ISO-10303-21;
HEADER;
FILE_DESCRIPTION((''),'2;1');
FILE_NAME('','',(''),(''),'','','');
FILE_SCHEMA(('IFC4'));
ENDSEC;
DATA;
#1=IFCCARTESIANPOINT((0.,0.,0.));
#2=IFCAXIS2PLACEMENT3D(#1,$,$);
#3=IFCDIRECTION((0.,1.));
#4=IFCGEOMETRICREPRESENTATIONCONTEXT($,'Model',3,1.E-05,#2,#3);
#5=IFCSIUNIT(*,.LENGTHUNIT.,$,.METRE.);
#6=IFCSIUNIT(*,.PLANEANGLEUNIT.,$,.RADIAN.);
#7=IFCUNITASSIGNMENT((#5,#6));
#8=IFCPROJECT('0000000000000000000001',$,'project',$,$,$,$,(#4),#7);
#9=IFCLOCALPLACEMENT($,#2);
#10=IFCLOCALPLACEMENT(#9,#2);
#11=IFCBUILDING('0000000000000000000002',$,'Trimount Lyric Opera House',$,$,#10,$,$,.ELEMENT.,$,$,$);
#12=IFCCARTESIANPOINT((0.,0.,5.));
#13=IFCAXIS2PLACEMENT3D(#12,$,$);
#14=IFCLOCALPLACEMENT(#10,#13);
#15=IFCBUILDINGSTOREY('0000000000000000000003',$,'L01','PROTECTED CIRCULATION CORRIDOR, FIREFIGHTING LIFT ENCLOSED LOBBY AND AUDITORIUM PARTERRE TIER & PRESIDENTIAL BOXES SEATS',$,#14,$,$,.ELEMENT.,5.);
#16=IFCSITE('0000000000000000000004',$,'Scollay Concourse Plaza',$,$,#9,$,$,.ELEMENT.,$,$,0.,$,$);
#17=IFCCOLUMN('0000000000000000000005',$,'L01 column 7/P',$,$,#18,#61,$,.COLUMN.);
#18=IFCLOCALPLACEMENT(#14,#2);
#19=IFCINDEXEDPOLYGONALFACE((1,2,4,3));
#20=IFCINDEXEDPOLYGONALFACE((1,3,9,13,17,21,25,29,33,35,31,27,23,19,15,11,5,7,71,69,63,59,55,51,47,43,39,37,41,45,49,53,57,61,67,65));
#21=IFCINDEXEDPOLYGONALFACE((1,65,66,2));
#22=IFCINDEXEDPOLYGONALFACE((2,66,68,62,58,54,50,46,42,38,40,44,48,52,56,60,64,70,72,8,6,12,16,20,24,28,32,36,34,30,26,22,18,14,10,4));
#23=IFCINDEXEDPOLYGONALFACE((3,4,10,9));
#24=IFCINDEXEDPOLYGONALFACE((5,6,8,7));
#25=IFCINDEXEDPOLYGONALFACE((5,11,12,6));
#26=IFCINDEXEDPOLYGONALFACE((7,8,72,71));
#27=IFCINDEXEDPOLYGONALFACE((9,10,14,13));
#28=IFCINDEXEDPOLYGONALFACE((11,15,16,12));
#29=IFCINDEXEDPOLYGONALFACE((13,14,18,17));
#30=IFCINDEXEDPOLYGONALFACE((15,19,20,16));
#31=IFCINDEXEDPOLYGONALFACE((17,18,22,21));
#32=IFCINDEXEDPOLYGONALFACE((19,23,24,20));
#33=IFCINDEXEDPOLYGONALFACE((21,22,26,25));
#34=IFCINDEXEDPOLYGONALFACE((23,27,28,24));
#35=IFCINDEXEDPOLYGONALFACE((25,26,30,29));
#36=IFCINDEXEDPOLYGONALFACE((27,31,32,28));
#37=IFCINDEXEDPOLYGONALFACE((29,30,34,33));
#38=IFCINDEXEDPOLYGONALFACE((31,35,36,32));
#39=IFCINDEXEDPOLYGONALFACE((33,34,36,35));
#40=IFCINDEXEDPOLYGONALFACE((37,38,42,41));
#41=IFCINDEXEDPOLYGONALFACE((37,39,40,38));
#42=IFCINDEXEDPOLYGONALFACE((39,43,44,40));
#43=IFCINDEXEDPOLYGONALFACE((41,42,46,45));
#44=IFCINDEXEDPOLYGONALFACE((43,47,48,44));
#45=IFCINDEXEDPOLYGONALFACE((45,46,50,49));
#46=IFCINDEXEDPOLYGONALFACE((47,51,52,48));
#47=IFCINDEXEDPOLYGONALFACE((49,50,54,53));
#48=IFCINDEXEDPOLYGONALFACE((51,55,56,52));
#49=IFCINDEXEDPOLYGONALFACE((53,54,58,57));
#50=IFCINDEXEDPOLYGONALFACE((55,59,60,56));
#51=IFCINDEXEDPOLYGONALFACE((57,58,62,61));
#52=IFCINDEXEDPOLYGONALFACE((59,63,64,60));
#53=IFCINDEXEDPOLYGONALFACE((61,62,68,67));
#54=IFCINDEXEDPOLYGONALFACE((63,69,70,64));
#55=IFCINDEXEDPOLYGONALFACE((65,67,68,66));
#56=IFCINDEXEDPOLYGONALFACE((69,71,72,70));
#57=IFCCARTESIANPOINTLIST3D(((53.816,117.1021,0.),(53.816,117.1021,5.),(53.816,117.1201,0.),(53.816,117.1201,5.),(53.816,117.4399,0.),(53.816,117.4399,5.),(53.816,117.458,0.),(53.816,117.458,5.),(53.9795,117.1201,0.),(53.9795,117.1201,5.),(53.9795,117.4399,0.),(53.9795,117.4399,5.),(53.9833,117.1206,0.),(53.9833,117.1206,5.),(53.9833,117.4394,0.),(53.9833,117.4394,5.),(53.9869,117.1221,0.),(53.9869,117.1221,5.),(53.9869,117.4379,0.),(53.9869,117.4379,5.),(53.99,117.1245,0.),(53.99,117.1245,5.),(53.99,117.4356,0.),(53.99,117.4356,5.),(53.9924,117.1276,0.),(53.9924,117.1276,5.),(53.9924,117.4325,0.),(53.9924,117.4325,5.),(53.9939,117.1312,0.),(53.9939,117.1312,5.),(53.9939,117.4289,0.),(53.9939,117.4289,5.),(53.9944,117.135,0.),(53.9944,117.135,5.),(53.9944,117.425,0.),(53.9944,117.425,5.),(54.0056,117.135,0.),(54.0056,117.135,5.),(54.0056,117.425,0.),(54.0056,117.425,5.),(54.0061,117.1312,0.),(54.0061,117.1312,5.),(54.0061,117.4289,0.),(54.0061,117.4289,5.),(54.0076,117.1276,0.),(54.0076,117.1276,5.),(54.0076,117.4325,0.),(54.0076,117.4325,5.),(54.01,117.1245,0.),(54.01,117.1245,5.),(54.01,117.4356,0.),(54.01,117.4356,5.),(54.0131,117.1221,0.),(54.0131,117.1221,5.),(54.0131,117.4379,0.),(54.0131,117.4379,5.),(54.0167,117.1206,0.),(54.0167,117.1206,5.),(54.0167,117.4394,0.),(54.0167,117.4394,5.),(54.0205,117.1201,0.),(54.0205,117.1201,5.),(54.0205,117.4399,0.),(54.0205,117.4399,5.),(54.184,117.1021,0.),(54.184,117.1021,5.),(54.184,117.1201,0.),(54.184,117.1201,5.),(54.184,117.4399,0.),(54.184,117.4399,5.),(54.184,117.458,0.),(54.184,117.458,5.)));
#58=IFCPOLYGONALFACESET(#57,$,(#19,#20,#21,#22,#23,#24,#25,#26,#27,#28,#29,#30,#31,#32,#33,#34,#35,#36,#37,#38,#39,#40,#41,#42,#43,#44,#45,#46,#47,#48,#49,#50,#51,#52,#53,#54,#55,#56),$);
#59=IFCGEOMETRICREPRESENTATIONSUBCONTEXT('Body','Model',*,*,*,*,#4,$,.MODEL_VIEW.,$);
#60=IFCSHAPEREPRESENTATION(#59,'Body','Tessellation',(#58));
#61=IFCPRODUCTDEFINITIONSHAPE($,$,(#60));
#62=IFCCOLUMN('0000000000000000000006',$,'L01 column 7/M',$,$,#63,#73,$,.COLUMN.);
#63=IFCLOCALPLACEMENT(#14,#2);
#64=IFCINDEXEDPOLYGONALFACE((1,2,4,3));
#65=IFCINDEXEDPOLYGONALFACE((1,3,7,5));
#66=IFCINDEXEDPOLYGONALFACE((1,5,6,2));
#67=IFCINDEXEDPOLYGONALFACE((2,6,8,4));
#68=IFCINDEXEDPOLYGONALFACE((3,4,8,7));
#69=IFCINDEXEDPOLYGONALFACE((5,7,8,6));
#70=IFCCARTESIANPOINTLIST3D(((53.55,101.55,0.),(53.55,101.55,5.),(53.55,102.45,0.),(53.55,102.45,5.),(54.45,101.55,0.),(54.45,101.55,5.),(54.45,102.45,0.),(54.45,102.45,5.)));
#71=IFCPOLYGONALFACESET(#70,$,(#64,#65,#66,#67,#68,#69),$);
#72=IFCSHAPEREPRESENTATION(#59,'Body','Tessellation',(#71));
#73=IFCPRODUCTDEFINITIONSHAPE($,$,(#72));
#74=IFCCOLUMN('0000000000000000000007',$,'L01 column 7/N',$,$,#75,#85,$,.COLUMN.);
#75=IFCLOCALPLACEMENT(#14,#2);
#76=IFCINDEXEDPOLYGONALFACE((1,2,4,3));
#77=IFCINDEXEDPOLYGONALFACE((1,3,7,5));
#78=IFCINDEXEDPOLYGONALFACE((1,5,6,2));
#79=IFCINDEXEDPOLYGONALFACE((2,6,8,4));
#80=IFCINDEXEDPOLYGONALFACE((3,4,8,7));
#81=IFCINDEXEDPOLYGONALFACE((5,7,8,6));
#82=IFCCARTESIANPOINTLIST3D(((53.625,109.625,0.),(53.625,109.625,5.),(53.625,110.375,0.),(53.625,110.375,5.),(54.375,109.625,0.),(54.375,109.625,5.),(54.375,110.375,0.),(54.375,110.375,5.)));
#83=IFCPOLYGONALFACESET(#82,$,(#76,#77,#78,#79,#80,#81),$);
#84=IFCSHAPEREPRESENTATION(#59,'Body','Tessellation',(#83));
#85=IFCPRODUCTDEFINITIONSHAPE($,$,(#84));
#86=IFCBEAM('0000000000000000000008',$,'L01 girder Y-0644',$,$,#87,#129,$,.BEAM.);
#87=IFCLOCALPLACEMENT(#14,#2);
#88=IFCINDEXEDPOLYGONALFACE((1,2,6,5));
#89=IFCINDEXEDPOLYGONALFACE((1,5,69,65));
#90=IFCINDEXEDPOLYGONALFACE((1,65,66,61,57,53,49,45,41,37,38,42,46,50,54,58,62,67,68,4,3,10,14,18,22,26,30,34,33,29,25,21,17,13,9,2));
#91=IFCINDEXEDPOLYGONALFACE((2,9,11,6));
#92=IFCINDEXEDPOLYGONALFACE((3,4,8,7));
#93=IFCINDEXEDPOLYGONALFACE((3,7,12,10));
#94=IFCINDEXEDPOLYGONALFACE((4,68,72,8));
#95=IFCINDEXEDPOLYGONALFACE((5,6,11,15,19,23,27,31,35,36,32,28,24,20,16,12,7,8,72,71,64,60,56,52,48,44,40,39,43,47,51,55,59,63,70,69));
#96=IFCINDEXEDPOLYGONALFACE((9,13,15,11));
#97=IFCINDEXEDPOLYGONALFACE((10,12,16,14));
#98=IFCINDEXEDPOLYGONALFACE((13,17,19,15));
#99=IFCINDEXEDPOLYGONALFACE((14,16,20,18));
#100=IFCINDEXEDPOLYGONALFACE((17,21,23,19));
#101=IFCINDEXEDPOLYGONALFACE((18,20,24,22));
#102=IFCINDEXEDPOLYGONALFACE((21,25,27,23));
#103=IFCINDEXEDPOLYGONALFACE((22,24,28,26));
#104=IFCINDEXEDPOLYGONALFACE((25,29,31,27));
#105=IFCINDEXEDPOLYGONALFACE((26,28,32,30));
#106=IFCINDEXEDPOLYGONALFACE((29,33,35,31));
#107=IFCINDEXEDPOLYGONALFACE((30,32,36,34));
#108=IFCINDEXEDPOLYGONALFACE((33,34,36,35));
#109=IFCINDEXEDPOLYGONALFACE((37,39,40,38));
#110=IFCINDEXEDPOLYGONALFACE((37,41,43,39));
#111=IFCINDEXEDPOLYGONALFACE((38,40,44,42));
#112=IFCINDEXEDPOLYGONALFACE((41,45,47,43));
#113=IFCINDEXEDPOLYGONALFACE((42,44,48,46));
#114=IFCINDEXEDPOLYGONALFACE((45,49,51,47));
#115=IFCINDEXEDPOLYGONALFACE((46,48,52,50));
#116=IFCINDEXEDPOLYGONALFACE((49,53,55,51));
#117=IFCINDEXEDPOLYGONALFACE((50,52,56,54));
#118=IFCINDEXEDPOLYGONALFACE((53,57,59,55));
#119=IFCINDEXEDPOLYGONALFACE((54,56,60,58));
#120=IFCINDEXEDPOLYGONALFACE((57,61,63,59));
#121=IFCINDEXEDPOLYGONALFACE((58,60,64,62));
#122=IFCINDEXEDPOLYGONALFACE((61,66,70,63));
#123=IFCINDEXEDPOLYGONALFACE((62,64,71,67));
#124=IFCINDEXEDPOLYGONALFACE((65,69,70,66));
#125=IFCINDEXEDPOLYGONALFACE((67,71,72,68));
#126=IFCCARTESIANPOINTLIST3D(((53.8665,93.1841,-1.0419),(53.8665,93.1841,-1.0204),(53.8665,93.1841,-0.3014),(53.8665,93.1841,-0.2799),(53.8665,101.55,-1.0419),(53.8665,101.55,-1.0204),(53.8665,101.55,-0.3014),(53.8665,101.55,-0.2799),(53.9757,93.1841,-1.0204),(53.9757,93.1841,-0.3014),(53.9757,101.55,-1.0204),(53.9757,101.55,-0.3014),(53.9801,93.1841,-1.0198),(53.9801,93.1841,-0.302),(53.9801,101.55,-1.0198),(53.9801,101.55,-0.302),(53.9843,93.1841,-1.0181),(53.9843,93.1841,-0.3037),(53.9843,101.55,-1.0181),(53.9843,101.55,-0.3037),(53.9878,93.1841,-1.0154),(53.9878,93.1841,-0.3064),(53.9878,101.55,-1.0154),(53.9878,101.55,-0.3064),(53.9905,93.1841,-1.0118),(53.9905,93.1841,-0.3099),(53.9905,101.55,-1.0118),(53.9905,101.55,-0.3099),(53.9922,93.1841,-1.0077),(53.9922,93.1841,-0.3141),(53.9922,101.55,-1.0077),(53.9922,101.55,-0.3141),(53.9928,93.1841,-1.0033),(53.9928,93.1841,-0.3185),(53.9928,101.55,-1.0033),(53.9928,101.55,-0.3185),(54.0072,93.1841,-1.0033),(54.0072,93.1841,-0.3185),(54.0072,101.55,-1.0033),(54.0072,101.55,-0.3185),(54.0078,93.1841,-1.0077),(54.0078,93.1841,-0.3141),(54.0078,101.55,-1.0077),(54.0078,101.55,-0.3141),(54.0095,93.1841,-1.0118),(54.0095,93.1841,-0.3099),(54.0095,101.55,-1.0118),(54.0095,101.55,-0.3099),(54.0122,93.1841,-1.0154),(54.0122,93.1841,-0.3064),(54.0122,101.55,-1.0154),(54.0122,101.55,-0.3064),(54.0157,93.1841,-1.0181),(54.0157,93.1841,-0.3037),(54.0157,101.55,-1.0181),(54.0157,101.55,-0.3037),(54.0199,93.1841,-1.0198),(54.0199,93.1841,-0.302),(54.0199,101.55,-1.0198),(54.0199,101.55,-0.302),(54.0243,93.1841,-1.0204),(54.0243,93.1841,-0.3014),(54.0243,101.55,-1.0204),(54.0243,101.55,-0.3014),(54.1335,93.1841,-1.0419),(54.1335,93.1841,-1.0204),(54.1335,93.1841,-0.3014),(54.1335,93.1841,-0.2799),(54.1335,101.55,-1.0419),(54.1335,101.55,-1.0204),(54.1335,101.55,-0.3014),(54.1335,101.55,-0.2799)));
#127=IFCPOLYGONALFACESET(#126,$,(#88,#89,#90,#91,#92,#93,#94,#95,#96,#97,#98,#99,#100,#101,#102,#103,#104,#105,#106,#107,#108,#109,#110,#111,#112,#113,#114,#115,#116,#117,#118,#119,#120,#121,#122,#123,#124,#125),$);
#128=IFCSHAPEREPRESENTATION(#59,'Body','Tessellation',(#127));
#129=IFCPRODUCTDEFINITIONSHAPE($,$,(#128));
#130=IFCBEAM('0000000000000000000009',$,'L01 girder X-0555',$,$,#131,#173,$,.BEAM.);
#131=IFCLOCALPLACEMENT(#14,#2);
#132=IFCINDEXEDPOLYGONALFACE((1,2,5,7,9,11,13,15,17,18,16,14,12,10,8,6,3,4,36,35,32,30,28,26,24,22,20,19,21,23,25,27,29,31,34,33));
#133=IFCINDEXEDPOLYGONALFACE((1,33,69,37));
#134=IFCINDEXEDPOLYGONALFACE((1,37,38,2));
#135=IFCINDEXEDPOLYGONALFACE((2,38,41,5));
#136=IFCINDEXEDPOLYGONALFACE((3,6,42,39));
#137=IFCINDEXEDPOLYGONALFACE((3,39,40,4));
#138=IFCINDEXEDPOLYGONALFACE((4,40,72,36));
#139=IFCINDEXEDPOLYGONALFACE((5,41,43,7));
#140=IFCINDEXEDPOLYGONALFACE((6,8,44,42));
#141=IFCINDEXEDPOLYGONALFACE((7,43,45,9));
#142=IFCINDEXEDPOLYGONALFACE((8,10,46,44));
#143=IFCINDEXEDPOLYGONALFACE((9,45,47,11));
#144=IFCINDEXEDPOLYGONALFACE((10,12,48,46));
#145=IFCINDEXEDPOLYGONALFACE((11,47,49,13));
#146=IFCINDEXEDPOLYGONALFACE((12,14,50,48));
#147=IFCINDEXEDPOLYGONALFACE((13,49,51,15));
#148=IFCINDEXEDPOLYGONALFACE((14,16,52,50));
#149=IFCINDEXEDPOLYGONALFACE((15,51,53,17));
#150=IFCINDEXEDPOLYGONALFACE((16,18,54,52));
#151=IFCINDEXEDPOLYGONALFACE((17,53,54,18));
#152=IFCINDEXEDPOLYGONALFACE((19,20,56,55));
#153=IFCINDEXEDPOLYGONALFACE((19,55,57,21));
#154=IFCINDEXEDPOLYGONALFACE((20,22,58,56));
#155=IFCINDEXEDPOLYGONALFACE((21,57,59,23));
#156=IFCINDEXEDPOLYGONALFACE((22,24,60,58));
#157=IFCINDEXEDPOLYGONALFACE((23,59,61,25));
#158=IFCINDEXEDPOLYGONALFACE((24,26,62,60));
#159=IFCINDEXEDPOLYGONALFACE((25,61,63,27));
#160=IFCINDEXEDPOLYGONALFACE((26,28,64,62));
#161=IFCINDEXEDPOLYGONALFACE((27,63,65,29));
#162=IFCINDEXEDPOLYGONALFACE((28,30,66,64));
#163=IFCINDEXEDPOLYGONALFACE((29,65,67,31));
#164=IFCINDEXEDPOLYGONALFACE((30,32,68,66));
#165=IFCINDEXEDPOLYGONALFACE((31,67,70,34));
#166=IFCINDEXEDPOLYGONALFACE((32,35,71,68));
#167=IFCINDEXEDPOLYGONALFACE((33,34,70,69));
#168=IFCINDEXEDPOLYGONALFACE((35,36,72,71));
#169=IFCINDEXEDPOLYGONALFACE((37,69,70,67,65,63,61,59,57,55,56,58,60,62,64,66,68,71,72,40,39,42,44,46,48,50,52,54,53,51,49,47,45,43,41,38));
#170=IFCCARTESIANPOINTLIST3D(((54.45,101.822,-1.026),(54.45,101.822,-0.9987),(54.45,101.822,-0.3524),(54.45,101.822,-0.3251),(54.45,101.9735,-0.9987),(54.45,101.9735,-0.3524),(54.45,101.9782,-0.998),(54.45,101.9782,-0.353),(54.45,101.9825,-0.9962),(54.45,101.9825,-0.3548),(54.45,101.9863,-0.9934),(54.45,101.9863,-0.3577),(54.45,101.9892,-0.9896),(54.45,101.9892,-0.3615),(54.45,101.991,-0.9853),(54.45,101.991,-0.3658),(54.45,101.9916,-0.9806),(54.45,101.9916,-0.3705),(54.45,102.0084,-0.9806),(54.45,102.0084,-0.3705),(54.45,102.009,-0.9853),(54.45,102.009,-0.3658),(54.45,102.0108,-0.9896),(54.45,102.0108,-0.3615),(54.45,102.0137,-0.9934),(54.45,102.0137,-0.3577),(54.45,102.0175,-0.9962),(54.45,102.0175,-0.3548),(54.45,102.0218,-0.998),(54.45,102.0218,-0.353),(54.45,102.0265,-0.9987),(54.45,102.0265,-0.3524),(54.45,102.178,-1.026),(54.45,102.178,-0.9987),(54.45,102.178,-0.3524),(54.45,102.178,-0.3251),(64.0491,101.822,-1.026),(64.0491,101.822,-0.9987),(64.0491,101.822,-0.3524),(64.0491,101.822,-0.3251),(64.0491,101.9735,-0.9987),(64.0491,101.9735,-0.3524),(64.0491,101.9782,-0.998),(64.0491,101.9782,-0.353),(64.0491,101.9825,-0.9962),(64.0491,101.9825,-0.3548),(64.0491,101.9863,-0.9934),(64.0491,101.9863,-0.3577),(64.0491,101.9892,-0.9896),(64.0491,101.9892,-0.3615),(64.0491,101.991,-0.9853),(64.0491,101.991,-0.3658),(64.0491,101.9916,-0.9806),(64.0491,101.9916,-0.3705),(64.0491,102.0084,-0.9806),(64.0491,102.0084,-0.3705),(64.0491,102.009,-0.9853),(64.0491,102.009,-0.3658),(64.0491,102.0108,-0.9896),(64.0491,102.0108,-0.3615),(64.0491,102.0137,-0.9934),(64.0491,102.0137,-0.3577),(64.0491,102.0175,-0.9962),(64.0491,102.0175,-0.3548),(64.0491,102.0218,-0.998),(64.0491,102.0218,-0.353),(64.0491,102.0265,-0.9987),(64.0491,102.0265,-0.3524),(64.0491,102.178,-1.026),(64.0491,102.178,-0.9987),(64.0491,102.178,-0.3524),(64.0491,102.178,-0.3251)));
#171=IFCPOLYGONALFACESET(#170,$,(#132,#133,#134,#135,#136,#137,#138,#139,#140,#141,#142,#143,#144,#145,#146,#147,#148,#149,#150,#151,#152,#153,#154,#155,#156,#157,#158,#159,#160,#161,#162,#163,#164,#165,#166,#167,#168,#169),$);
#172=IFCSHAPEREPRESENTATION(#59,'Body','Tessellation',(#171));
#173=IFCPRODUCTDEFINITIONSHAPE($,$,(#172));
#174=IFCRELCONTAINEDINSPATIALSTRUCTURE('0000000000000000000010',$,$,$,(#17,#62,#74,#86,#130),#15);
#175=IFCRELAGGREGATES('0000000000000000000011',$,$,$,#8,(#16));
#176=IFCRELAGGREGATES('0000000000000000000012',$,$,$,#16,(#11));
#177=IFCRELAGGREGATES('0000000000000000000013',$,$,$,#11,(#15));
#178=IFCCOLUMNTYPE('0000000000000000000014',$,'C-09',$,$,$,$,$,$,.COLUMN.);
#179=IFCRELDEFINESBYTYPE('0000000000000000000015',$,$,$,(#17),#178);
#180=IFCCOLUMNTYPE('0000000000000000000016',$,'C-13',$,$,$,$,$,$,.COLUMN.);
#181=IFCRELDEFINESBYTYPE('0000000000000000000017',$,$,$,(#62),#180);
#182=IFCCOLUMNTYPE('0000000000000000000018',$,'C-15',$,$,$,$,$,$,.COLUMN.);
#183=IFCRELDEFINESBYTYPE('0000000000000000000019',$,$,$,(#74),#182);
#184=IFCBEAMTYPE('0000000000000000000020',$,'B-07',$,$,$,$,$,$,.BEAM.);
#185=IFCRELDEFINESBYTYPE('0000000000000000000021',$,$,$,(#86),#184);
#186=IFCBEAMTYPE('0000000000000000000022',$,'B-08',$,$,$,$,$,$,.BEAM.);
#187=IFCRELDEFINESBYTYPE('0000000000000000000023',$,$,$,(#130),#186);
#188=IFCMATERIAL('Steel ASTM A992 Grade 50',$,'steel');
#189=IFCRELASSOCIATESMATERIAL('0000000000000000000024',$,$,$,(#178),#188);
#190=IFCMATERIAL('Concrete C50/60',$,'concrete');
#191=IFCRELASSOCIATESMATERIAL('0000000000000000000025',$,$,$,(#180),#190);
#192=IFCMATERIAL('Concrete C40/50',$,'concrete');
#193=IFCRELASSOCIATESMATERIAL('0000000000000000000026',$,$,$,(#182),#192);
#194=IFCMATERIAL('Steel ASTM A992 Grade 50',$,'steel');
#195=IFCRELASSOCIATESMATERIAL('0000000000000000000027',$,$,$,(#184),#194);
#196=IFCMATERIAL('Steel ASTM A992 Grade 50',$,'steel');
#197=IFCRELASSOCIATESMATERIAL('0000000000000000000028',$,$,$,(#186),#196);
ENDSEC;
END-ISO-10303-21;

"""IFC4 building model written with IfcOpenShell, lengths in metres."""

from ifc_helpers import new_model, si_unit, direction, frame, origin, origin_2d, place, context, subcontext, project, spatial, rectangle, i_section, extrude, material, material_profile, profile_set, type_object, element, save


model = new_model("IFC4")

# Units and contexts
model_context = context("Model", 3, precision=1e-05, world=origin(), true_north=direction((0.0, 1.0)))
body_context = subcontext(model_context, "Body", "Model", "MODEL_VIEW")
ifc_project = project(units=[si_unit("LENGTHUNIT", "METRE"), si_unit("PLANEANGLEUNIT", "RADIAN")], contexts=[model_context])

# Site, building, storey
site_placement = place(None, origin())
site = spatial("IfcSite", under=ifc_project, at=site_placement, Name="Scollay Concourse Plaza", CompositionType="ELEMENT", RefElevation=0.0)
building_placement = place(site_placement, origin())
building = spatial("IfcBuilding", under=site, at=building_placement, Name="Trimount Lyric Opera House", CompositionType="ELEMENT")
storey_placement = place(building_placement, frame((0.0, 0.0, 5.0)))
storey = spatial("IfcBuildingStorey", under=building, at=storey_placement, Name="L01", Description="PROTECTED CIRCULATION CORRIDOR, FIREFIGHTING LIFT ENCLOSED LOBBY AND AUDITORIUM PARTERRE TIER & PRESIDENTIAL BOXES SEATS", CompositionType="ELEMENT", Elevation=5.0)

# Columns
ifc_material_1 = material(Name="Steel ASTM A992 Grade 50", Category="steel")
ifc_material_profile_1 = material_profile(ifc_material_1, i_section(OverallWidth=0.3679, OverallDepth=0.356, WebThickness=0.0112, FlangeThickness=0.0181, FilletRadius=0.0149, at=origin_2d()), Name="W14X90")
ifc_profile_set_1 = profile_set([ifc_material_profile_1], Name="Steel ASTM A992 Grade 50")
column_type_1 = type_object("IfcColumnType", Name="C-09", PredefinedType="COLUMN", material=ifc_profile_set_1)
column_1_placement = place(storey_placement, frame((54.0, 117.28, 0.0), z_axis=(0.0, 0.0, 1.0), x_axis=(1.0, 0.0, 0.0)))
element("IfcColumn", 1, at=column_1_placement, inside=storey, type_object=column_type_1, Name="L01 column 7/P", PredefinedType="COLUMN", context=body_context, shape_type="SweptSolid", body=[
    extrude(i_section(OverallWidth=0.3679, OverallDepth=0.356, WebThickness=0.0112, FlangeThickness=0.0181, FilletRadius=0.0149, at=origin_2d()), origin(), (0.0, 0.0, 1.0), 5.0),
])
ifc_material_2 = material(Name="Concrete C50/60", Category="concrete")
ifc_material_profile_2 = material_profile(ifc_material_2, rectangle(XDim=0.8999, YDim=0.8999, at=origin_2d()), Name="RC900X900")
ifc_profile_set_2 = profile_set([ifc_material_profile_2], Name="Concrete C50/60")
column_type_2 = type_object("IfcColumnType", Name="C-13", PredefinedType="COLUMN", material=ifc_profile_set_2)
column_2_placement = place(storey_placement, frame((54.0, 102.0, 0.0), z_axis=(0.0, 0.0, 1.0), x_axis=(1.0, 0.0, 0.0)))
element("IfcColumn", 2, at=column_2_placement, inside=storey, type_object=column_type_2, Name="L01 column 7/M", PredefinedType="COLUMN", context=body_context, shape_type="SweptSolid", body=[
    extrude(rectangle(XDim=0.8999, YDim=0.8999, at=origin_2d()), origin(), (0.0, 0.0, 1.0), 5.0),
])
ifc_material_3 = material(Name="Concrete C40/50", Category="concrete")
ifc_material_profile_3 = material_profile(ifc_material_3, rectangle(XDim=0.75, YDim=0.75, at=origin_2d()), Name="RC750X750")
ifc_profile_set_3 = profile_set([ifc_material_profile_3], Name="Concrete C40/50")
column_type_3 = type_object("IfcColumnType", Name="C-15", PredefinedType="COLUMN", material=ifc_profile_set_3)
column_3_placement = place(storey_placement, frame((54.0, 110.0, 0.0), z_axis=(0.0, 0.0, 1.0), x_axis=(1.0, 0.0, 0.0)))
element("IfcColumn", 3, at=column_3_placement, inside=storey, type_object=column_type_3, Name="L01 column 7/N", PredefinedType="COLUMN", context=body_context, shape_type="SweptSolid", body=[
    extrude(rectangle(XDim=0.75, YDim=0.75, at=origin_2d()), origin(), (0.0, 0.0, 1.0), 5.0),
])

# Beams
ifc_material_4 = material(Name="Steel ASTM A992 Grade 50", Category="steel")
ifc_material_profile_4 = material_profile(ifc_material_4, i_section(OverallWidth=0.2671, OverallDepth=0.762, WebThickness=0.0144, FlangeThickness=0.0215, FilletRadius=0.0171, at=origin_2d()), Name="W30X116")
ifc_profile_set_4 = profile_set([ifc_material_profile_4], Name="Steel ASTM A992 Grade 50")
beam_type_1 = type_object("IfcBeamType", Name="B-07", PredefinedType="BEAM", material=ifc_profile_set_4)
beam_1_placement = place(storey_placement, frame((54.0, 93.1841, -0.6609), z_axis=(0.0, 1.0, 0.0), x_axis=(-1.0, 0.0, 0.0)))
element("IfcBeam", 4, at=beam_1_placement, inside=storey, type_object=beam_type_1, Name="L01 girder Y-0644", PredefinedType="BEAM", context=body_context, shape_type="SweptSolid", body=[
    extrude(i_section(OverallWidth=0.2671, OverallDepth=0.762, WebThickness=0.0144, FlangeThickness=0.0215, FilletRadius=0.0171, at=origin_2d()), origin(), (0.0, 0.0, 1.0), 8.366),
])
ifc_material_5 = material(Name="Steel ASTM A992 Grade 50", Category="steel")
ifc_material_profile_5 = material_profile(ifc_material_5, i_section(OverallWidth=0.356, OverallDepth=0.7009, WebThickness=0.0168, FlangeThickness=0.0273, FilletRadius=0.0181, at=origin_2d()), Name="W27X161")
ifc_profile_set_5 = profile_set([ifc_material_profile_5], Name="Steel ASTM A992 Grade 50")
beam_type_2 = type_object("IfcBeamType", Name="B-08", PredefinedType="BEAM", material=ifc_profile_set_5)
beam_2_placement = place(storey_placement, frame((54.45, 102.0, -0.6755), z_axis=(1.0, 0.0, 0.0), x_axis=(0.0, 1.0, 0.0)))
element("IfcBeam", 5, at=beam_2_placement, inside=storey, type_object=beam_type_2, Name="L01 girder X-0555", PredefinedType="BEAM", context=body_context, shape_type="SweptSolid", body=[
    extrude(i_section(OverallWidth=0.356, OverallDepth=0.7009, WebThickness=0.0168, FlangeThickness=0.0273, FilletRadius=0.0181, at=origin_2d()), origin(), (0.0, 0.0, 1.0), 9.5991),
])

save(model, "model.ifc")
